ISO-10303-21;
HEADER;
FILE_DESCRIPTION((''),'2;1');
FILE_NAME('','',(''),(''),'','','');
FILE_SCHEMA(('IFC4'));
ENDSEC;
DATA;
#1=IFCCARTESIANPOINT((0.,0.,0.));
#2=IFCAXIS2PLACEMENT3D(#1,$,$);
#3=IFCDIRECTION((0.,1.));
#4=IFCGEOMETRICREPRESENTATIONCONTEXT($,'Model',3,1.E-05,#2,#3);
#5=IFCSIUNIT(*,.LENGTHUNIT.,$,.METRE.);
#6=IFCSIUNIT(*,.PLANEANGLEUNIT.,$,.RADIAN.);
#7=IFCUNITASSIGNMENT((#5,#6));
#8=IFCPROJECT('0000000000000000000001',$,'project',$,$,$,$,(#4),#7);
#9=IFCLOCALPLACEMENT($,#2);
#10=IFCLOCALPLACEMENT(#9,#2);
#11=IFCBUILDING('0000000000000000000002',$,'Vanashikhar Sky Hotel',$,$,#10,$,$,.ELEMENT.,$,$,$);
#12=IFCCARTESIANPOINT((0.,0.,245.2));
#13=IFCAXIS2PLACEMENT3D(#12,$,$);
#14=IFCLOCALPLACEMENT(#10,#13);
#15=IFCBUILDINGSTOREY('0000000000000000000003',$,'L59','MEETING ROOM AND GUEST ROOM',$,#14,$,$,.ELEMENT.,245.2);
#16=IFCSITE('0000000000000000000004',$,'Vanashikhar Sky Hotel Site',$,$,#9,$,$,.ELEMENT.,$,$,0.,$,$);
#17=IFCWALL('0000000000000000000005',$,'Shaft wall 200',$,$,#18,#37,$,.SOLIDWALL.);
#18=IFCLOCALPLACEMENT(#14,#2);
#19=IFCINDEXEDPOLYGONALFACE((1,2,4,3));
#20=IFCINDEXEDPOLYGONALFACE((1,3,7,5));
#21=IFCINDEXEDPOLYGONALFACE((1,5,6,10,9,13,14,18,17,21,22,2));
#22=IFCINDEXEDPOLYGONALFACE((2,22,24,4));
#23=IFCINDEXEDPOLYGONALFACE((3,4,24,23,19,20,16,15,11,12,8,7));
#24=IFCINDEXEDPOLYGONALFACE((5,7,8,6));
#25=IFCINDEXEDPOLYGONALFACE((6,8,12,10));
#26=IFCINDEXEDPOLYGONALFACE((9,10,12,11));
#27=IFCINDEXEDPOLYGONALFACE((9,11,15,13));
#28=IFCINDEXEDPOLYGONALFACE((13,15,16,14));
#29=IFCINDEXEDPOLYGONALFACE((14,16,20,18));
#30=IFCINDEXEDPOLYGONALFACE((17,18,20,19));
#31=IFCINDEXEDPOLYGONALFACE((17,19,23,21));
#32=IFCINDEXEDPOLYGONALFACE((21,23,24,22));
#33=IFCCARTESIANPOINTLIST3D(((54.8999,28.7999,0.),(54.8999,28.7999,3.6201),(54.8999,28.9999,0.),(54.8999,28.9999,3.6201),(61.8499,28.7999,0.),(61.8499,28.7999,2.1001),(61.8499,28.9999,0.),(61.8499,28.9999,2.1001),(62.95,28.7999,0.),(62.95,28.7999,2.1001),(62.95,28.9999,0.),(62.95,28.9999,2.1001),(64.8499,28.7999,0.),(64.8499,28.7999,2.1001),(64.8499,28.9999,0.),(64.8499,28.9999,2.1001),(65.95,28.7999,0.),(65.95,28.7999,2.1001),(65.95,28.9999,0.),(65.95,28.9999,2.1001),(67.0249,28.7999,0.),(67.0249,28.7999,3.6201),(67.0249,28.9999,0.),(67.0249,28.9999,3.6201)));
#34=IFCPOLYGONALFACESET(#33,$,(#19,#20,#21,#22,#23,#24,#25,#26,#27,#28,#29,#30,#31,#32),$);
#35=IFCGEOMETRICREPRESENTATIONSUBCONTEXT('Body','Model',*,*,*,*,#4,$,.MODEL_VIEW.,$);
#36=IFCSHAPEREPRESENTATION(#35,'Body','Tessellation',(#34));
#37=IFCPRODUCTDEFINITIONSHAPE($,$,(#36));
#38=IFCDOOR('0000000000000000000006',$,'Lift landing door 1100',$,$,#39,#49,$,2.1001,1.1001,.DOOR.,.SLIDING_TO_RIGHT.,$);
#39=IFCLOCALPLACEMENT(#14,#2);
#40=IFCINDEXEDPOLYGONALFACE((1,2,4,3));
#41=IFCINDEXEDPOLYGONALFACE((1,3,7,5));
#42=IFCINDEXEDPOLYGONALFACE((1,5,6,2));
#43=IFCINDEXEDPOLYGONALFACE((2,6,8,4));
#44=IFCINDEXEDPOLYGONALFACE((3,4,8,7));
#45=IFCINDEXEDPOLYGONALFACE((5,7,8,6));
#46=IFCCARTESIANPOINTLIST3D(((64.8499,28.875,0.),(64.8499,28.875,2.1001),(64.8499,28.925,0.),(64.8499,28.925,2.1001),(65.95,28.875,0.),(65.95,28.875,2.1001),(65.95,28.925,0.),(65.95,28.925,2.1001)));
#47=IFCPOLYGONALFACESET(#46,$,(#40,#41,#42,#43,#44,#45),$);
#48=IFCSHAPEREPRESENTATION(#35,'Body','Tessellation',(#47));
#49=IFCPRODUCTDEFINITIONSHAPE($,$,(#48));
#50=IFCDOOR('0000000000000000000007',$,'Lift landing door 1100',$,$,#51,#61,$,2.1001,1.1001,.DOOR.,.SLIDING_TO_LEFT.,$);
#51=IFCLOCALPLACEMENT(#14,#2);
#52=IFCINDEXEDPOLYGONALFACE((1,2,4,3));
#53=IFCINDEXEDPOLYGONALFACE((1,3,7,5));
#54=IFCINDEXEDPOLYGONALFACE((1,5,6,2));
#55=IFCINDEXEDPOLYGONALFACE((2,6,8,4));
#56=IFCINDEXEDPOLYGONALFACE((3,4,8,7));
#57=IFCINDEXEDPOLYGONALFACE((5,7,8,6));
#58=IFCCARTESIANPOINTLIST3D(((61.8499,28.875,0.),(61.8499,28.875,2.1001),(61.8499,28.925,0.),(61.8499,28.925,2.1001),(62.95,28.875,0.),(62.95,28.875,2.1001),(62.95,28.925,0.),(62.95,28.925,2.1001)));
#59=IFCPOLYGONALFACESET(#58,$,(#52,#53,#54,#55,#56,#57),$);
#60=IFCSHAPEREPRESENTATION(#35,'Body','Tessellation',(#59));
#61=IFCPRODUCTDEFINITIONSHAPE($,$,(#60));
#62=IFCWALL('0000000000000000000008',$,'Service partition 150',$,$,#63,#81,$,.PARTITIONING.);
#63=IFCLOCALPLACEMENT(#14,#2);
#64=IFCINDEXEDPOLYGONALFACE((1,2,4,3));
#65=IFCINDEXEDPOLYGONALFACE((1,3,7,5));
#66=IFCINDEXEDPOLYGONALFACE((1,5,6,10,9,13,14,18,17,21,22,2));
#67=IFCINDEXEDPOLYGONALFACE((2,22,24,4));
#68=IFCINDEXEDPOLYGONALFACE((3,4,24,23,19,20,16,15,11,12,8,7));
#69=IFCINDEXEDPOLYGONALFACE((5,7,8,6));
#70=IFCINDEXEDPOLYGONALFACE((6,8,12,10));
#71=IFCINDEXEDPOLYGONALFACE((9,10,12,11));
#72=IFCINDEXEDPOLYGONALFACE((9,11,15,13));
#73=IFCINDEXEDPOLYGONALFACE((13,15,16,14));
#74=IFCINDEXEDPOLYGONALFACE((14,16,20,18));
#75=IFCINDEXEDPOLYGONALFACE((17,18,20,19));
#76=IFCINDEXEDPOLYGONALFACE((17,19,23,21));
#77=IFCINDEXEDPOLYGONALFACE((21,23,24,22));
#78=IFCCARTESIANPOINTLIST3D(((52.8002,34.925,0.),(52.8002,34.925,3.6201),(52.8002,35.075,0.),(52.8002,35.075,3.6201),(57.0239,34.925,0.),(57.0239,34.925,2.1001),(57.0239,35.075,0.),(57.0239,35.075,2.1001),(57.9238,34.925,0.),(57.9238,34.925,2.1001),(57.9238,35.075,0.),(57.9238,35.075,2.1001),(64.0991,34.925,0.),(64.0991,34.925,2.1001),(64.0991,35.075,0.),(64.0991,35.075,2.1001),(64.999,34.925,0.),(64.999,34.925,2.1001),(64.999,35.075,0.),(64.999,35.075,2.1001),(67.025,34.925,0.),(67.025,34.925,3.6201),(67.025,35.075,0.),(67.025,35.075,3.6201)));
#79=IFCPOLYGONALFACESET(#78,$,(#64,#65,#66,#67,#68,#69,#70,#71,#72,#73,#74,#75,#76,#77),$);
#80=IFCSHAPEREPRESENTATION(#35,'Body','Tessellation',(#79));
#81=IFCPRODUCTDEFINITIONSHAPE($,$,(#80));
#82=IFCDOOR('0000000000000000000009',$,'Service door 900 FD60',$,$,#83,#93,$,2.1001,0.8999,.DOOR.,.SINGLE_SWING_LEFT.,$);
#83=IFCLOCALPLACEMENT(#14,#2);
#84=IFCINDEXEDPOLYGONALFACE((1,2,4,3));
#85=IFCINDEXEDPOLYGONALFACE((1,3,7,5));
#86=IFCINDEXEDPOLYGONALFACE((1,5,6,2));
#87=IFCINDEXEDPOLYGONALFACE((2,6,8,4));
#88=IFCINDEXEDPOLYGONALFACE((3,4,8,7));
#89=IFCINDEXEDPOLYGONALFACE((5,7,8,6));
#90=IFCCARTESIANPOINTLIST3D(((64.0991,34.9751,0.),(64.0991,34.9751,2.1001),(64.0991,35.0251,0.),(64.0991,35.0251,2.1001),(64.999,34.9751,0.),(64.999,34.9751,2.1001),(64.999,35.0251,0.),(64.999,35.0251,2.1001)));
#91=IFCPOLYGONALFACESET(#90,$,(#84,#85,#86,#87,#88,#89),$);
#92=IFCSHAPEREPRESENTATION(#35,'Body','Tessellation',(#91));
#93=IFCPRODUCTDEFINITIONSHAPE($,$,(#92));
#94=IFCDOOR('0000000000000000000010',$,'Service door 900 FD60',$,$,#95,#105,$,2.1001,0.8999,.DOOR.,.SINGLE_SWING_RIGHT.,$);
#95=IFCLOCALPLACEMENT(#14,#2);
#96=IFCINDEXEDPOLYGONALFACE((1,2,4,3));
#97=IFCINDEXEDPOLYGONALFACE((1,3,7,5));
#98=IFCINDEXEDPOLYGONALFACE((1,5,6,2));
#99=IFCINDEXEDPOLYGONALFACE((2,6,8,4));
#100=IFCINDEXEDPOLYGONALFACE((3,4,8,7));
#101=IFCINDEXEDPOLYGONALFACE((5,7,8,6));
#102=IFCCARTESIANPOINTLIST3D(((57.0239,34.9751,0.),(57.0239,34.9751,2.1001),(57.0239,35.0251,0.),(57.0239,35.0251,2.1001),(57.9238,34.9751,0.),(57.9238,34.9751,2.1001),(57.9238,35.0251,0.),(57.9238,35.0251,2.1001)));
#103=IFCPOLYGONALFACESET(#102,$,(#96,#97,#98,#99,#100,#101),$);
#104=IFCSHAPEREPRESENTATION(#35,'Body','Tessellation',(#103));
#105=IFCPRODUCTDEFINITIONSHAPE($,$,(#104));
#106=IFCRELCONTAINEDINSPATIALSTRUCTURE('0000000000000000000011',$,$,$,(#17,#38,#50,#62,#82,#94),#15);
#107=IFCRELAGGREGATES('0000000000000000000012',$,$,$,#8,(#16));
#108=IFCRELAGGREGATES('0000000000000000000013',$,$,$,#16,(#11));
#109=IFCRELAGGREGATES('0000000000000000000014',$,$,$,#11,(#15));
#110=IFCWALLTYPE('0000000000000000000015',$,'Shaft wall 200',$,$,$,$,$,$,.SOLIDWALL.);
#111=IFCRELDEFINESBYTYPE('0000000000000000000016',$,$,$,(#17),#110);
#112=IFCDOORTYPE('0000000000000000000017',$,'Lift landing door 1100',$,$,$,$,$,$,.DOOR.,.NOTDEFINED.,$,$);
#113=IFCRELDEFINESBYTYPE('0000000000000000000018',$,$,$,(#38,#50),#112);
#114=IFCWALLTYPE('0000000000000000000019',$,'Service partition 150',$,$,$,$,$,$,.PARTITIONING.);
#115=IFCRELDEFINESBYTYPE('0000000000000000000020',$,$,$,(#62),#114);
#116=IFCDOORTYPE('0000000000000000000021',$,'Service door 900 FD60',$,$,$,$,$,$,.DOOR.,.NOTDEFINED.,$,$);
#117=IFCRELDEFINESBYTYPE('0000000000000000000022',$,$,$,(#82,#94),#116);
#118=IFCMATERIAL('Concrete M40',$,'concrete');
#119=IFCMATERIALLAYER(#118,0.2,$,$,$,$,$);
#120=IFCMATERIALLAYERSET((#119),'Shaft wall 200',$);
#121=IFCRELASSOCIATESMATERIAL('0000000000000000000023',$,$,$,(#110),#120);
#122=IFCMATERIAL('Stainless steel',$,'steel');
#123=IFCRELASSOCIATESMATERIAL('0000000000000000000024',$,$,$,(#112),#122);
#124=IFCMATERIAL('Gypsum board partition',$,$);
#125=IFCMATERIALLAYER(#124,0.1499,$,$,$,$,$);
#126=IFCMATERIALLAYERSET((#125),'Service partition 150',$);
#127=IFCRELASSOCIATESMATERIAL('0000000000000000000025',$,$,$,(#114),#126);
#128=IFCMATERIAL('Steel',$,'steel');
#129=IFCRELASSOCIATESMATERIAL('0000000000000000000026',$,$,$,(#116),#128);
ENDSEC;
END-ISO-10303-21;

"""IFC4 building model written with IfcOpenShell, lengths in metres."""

from ifc_helpers import new_model, si_unit, direction, frame, frame_2d, origin, place, context, subcontext, project, spatial, rectangle, extrude, source, transform, mapped, material, layer, layer_set, type_object, element, fill, save


model = new_model("IFC4")

# Units and contexts
model_context = context("Model", 3, precision=1e-05, world=origin(), true_north=direction((0.0, 1.0)))
body_context = subcontext(model_context, "Body", "Model", "MODEL_VIEW")
ifc_project = project(units=[si_unit("LENGTHUNIT", "METRE"), si_unit("PLANEANGLEUNIT", "RADIAN")], contexts=[model_context])

# Site, building, storey
site_placement = place(None, origin())
site = spatial("IfcSite", under=ifc_project, at=site_placement, Name="Vanashikhar Sky Hotel Site", CompositionType="ELEMENT", RefElevation=0.0)
building_placement = place(site_placement, origin())
building = spatial("IfcBuilding", under=site, at=building_placement, Name="Vanashikhar Sky Hotel", CompositionType="ELEMENT")
storey_placement = place(building_placement, frame((0.0, 0.0, 245.2)))
storey = spatial("IfcBuildingStorey", under=building, at=storey_placement, Name="L59", Description="MEETING ROOM AND GUEST ROOM", CompositionType="ELEMENT", Elevation=245.2)

# Shared definitions
ifc_material_1 = material(Name="Steel", Category="steel")
shared_shape_1 = source(origin(), body_context, "Body", "SweptSolid", [
    extrude(rectangle(XDim=1.1001, YDim=2.1001, at=frame_2d((0.55, 1.05))), frame((0.0, 0.0249, 0.0), z_axis=(0.0, -1.0, 0.0), x_axis=(1.0, 0.0, 0.0)), (0.0, 0.0, 1.0), 0.05),
])

# Shared definitions
ifc_material_2 = material(Name="Concrete M40", Category="concrete")
ifc_layer_1 = layer(ifc_material_2, 0.2)
ifc_layer_set_1 = layer_set([ifc_layer_1], Name="Shaft wall 200")
wall_type_1 = type_object("IfcWallType", Name="Shaft wall 200", PredefinedType="SOLIDWALL", material=ifc_layer_set_1)
shared_shape_2 = source(origin(), body_context, "Body", "SweptSolid", [
    extrude(rectangle(XDim=1.1001, YDim=2.1001, at=frame_2d((0.55, 1.05))), frame((0.0, 0.1099, 0.0), z_axis=(0.0, -1.0, 0.0), x_axis=(1.0, 0.0, 0.0)), (0.0, 0.0, 1.0), 0.22),
])
ifc_material_3 = material(Name="Stainless steel", Category="steel")
door_type_1 = type_object("IfcDoorType", Name="Lift landing door 1100", OperationType="NOTDEFINED", PredefinedType="DOOR", material=ifc_material_3)

# Shared definitions
ifc_material_4 = material(Name="Gypsum board partition")
ifc_layer_2 = layer(ifc_material_4, 0.1499)
ifc_layer_set_2 = layer_set([ifc_layer_2], Name="Service partition 150")
wall_type_2 = type_object("IfcWallType", Name="Service partition 150", PredefinedType="PARTITIONING", material=ifc_layer_set_2)

# Walls, openings, doors
shared_shape_3 = source(origin(), body_context, "Body", "SweptSolid", [
    extrude(rectangle(XDim=12.125, YDim=0.2, at=frame_2d((6.0625, 0.0))), origin(), (0.0, 0.0, 1.0), 3.6201),
])
wall_1_placement = place(storey_placement, frame((67.0249, 28.8999, 0.0), z_axis=(0.0, 0.0, 1.0), x_axis=(-1.0, 0.0, 0.0)))
wall_1 = element("IfcWall", 1, at=wall_1_placement, inside=storey, type_object=wall_type_1, Name="Shaft wall 200", PredefinedType="SOLIDWALL", context=body_context, shape_type="MappedRepresentation", body=[
    mapped(shared_shape_3, transform((0.0, 0.0, 0.0), scale=1.0)),
])
opening_1_placement = place(wall_1_placement, frame((1.075, 0.0, 0.0)))
opening_1 = element("IfcOpeningElement", 2, at=opening_1_placement, cuts=wall_1, PredefinedType="OPENING", context=body_context, shape_type="MappedRepresentation", body=[
    mapped(shared_shape_2, transform((0.0, 0.0, 0.0), scale=1.0)),
])
opening_2_placement = place(wall_1_placement, frame((4.075, 0.0, 0.0)))
opening_2 = element("IfcOpeningElement", 3, at=opening_2_placement, cuts=wall_1, PredefinedType="OPENING", context=body_context, shape_type="MappedRepresentation", body=[
    mapped(shared_shape_2, transform((0.0, 0.0, 0.0), scale=1.0)),
])
door_1_placement = place(opening_1_placement, origin())
door_1 = element("IfcDoor", 4, at=door_1_placement, inside=storey, type_object=door_type_1, Name="Lift landing door 1100", OperationType="SLIDING_TO_RIGHT", OverallHeight=2.1001, OverallWidth=1.1001, PredefinedType="DOOR", context=body_context, shape_type="MappedRepresentation", body=[
    mapped(shared_shape_1, transform((0.0, 0.0, 0.0), scale=1.0)),
])
fill(opening_1, door_1)
door_2_placement = place(opening_2_placement, origin())
door_2 = element("IfcDoor", 5, at=door_2_placement, inside=storey, type_object=door_type_1, Name="Lift landing door 1100", OperationType="SLIDING_TO_LEFT", OverallHeight=2.1001, OverallWidth=1.1001, PredefinedType="DOOR", context=body_context, shape_type="MappedRepresentation", body=[
    mapped(shared_shape_1, transform((0.0, 0.0, 0.0), scale=1.0)),
])
fill(opening_2, door_2)
shared_shape_4 = source(origin(), body_context, "Body", "SweptSolid", [
    extrude(rectangle(XDim=14.2249, YDim=0.1499, at=frame_2d((7.1123, 0.0))), origin(), (0.0, 0.0, 1.0), 3.6201),
])
wall_2_placement = place(storey_placement, frame((67.0249, 35.0, 0.0), z_axis=(0.0, 0.0, 1.0), x_axis=(-1.0, 0.0, 0.0)))
wall_2 = element("IfcWall", 6, at=wall_2_placement, inside=storey, type_object=wall_type_2, Name="Service partition 150", PredefinedType="PARTITIONING", context=body_context, shape_type="MappedRepresentation", body=[
    mapped(shared_shape_4, transform((0.0, 0.0, 0.0), scale=1.0)),
])
shared_shape_5 = source(origin(), body_context, "Body", "SweptSolid", [
    extrude(rectangle(XDim=0.8999, YDim=2.1001, at=frame_2d((0.45, 1.05))), frame((0.0, 0.085, 0.0), z_axis=(0.0, -1.0, 0.0), x_axis=(1.0, 0.0, 0.0)), (0.0, 0.0, 1.0), 0.1699),
])
opening_3_placement = place(wall_2_placement, frame((2.0259, 0.0, 0.0)))
opening_3 = element("IfcOpeningElement", 7, at=opening_3_placement, cuts=wall_2, PredefinedType="OPENING", context=body_context, shape_type="MappedRepresentation", body=[
    mapped(shared_shape_5, transform((0.0, 0.0, 0.0), scale=1.0)),
])
opening_4_placement = place(wall_2_placement, frame((9.1011, 0.0, 0.0)))
opening_4 = element("IfcOpeningElement", 8, at=opening_4_placement, cuts=wall_2, PredefinedType="OPENING", context=body_context, shape_type="MappedRepresentation", body=[
    mapped(shared_shape_5, transform((0.0, 0.0, 0.0), scale=1.0)),
])
door_type_2 = type_object("IfcDoorType", Name="Service door 900 FD60", OperationType="NOTDEFINED", PredefinedType="DOOR", material=ifc_material_1)
shared_shape_6 = source(origin(), body_context, "Body", "SweptSolid", [
    extrude(rectangle(XDim=0.8999, YDim=2.1001, at=frame_2d((0.45, 1.05))), frame((0.0, 0.0249, 0.0), z_axis=(0.0, -1.0, 0.0), x_axis=(1.0, 0.0, 0.0)), (0.0, 0.0, 1.0), 0.05),
])
door_3_placement = place(opening_3_placement, origin())
door_3 = element("IfcDoor", 9, at=door_3_placement, inside=storey, type_object=door_type_2, Name="Service door 900 FD60", OperationType="SINGLE_SWING_LEFT", OverallHeight=2.1001, OverallWidth=0.8999, PredefinedType="DOOR", context=body_context, shape_type="MappedRepresentation", body=[
    mapped(shared_shape_6, transform((0.0, 0.0, 0.0), scale=1.0)),
])
fill(opening_3, door_3)
door_4_placement = place(opening_4_placement, origin())
door_4 = element("IfcDoor", 10, at=door_4_placement, inside=storey, type_object=door_type_2, Name="Service door 900 FD60", OperationType="SINGLE_SWING_RIGHT", OverallHeight=2.1001, OverallWidth=0.8999, PredefinedType="DOOR", context=body_context, shape_type="MappedRepresentation", body=[
    mapped(shared_shape_6, transform((0.0, 0.0, 0.0), scale=1.0)),
])
fill(opening_4, door_4)

save(model, "model.ifc")
